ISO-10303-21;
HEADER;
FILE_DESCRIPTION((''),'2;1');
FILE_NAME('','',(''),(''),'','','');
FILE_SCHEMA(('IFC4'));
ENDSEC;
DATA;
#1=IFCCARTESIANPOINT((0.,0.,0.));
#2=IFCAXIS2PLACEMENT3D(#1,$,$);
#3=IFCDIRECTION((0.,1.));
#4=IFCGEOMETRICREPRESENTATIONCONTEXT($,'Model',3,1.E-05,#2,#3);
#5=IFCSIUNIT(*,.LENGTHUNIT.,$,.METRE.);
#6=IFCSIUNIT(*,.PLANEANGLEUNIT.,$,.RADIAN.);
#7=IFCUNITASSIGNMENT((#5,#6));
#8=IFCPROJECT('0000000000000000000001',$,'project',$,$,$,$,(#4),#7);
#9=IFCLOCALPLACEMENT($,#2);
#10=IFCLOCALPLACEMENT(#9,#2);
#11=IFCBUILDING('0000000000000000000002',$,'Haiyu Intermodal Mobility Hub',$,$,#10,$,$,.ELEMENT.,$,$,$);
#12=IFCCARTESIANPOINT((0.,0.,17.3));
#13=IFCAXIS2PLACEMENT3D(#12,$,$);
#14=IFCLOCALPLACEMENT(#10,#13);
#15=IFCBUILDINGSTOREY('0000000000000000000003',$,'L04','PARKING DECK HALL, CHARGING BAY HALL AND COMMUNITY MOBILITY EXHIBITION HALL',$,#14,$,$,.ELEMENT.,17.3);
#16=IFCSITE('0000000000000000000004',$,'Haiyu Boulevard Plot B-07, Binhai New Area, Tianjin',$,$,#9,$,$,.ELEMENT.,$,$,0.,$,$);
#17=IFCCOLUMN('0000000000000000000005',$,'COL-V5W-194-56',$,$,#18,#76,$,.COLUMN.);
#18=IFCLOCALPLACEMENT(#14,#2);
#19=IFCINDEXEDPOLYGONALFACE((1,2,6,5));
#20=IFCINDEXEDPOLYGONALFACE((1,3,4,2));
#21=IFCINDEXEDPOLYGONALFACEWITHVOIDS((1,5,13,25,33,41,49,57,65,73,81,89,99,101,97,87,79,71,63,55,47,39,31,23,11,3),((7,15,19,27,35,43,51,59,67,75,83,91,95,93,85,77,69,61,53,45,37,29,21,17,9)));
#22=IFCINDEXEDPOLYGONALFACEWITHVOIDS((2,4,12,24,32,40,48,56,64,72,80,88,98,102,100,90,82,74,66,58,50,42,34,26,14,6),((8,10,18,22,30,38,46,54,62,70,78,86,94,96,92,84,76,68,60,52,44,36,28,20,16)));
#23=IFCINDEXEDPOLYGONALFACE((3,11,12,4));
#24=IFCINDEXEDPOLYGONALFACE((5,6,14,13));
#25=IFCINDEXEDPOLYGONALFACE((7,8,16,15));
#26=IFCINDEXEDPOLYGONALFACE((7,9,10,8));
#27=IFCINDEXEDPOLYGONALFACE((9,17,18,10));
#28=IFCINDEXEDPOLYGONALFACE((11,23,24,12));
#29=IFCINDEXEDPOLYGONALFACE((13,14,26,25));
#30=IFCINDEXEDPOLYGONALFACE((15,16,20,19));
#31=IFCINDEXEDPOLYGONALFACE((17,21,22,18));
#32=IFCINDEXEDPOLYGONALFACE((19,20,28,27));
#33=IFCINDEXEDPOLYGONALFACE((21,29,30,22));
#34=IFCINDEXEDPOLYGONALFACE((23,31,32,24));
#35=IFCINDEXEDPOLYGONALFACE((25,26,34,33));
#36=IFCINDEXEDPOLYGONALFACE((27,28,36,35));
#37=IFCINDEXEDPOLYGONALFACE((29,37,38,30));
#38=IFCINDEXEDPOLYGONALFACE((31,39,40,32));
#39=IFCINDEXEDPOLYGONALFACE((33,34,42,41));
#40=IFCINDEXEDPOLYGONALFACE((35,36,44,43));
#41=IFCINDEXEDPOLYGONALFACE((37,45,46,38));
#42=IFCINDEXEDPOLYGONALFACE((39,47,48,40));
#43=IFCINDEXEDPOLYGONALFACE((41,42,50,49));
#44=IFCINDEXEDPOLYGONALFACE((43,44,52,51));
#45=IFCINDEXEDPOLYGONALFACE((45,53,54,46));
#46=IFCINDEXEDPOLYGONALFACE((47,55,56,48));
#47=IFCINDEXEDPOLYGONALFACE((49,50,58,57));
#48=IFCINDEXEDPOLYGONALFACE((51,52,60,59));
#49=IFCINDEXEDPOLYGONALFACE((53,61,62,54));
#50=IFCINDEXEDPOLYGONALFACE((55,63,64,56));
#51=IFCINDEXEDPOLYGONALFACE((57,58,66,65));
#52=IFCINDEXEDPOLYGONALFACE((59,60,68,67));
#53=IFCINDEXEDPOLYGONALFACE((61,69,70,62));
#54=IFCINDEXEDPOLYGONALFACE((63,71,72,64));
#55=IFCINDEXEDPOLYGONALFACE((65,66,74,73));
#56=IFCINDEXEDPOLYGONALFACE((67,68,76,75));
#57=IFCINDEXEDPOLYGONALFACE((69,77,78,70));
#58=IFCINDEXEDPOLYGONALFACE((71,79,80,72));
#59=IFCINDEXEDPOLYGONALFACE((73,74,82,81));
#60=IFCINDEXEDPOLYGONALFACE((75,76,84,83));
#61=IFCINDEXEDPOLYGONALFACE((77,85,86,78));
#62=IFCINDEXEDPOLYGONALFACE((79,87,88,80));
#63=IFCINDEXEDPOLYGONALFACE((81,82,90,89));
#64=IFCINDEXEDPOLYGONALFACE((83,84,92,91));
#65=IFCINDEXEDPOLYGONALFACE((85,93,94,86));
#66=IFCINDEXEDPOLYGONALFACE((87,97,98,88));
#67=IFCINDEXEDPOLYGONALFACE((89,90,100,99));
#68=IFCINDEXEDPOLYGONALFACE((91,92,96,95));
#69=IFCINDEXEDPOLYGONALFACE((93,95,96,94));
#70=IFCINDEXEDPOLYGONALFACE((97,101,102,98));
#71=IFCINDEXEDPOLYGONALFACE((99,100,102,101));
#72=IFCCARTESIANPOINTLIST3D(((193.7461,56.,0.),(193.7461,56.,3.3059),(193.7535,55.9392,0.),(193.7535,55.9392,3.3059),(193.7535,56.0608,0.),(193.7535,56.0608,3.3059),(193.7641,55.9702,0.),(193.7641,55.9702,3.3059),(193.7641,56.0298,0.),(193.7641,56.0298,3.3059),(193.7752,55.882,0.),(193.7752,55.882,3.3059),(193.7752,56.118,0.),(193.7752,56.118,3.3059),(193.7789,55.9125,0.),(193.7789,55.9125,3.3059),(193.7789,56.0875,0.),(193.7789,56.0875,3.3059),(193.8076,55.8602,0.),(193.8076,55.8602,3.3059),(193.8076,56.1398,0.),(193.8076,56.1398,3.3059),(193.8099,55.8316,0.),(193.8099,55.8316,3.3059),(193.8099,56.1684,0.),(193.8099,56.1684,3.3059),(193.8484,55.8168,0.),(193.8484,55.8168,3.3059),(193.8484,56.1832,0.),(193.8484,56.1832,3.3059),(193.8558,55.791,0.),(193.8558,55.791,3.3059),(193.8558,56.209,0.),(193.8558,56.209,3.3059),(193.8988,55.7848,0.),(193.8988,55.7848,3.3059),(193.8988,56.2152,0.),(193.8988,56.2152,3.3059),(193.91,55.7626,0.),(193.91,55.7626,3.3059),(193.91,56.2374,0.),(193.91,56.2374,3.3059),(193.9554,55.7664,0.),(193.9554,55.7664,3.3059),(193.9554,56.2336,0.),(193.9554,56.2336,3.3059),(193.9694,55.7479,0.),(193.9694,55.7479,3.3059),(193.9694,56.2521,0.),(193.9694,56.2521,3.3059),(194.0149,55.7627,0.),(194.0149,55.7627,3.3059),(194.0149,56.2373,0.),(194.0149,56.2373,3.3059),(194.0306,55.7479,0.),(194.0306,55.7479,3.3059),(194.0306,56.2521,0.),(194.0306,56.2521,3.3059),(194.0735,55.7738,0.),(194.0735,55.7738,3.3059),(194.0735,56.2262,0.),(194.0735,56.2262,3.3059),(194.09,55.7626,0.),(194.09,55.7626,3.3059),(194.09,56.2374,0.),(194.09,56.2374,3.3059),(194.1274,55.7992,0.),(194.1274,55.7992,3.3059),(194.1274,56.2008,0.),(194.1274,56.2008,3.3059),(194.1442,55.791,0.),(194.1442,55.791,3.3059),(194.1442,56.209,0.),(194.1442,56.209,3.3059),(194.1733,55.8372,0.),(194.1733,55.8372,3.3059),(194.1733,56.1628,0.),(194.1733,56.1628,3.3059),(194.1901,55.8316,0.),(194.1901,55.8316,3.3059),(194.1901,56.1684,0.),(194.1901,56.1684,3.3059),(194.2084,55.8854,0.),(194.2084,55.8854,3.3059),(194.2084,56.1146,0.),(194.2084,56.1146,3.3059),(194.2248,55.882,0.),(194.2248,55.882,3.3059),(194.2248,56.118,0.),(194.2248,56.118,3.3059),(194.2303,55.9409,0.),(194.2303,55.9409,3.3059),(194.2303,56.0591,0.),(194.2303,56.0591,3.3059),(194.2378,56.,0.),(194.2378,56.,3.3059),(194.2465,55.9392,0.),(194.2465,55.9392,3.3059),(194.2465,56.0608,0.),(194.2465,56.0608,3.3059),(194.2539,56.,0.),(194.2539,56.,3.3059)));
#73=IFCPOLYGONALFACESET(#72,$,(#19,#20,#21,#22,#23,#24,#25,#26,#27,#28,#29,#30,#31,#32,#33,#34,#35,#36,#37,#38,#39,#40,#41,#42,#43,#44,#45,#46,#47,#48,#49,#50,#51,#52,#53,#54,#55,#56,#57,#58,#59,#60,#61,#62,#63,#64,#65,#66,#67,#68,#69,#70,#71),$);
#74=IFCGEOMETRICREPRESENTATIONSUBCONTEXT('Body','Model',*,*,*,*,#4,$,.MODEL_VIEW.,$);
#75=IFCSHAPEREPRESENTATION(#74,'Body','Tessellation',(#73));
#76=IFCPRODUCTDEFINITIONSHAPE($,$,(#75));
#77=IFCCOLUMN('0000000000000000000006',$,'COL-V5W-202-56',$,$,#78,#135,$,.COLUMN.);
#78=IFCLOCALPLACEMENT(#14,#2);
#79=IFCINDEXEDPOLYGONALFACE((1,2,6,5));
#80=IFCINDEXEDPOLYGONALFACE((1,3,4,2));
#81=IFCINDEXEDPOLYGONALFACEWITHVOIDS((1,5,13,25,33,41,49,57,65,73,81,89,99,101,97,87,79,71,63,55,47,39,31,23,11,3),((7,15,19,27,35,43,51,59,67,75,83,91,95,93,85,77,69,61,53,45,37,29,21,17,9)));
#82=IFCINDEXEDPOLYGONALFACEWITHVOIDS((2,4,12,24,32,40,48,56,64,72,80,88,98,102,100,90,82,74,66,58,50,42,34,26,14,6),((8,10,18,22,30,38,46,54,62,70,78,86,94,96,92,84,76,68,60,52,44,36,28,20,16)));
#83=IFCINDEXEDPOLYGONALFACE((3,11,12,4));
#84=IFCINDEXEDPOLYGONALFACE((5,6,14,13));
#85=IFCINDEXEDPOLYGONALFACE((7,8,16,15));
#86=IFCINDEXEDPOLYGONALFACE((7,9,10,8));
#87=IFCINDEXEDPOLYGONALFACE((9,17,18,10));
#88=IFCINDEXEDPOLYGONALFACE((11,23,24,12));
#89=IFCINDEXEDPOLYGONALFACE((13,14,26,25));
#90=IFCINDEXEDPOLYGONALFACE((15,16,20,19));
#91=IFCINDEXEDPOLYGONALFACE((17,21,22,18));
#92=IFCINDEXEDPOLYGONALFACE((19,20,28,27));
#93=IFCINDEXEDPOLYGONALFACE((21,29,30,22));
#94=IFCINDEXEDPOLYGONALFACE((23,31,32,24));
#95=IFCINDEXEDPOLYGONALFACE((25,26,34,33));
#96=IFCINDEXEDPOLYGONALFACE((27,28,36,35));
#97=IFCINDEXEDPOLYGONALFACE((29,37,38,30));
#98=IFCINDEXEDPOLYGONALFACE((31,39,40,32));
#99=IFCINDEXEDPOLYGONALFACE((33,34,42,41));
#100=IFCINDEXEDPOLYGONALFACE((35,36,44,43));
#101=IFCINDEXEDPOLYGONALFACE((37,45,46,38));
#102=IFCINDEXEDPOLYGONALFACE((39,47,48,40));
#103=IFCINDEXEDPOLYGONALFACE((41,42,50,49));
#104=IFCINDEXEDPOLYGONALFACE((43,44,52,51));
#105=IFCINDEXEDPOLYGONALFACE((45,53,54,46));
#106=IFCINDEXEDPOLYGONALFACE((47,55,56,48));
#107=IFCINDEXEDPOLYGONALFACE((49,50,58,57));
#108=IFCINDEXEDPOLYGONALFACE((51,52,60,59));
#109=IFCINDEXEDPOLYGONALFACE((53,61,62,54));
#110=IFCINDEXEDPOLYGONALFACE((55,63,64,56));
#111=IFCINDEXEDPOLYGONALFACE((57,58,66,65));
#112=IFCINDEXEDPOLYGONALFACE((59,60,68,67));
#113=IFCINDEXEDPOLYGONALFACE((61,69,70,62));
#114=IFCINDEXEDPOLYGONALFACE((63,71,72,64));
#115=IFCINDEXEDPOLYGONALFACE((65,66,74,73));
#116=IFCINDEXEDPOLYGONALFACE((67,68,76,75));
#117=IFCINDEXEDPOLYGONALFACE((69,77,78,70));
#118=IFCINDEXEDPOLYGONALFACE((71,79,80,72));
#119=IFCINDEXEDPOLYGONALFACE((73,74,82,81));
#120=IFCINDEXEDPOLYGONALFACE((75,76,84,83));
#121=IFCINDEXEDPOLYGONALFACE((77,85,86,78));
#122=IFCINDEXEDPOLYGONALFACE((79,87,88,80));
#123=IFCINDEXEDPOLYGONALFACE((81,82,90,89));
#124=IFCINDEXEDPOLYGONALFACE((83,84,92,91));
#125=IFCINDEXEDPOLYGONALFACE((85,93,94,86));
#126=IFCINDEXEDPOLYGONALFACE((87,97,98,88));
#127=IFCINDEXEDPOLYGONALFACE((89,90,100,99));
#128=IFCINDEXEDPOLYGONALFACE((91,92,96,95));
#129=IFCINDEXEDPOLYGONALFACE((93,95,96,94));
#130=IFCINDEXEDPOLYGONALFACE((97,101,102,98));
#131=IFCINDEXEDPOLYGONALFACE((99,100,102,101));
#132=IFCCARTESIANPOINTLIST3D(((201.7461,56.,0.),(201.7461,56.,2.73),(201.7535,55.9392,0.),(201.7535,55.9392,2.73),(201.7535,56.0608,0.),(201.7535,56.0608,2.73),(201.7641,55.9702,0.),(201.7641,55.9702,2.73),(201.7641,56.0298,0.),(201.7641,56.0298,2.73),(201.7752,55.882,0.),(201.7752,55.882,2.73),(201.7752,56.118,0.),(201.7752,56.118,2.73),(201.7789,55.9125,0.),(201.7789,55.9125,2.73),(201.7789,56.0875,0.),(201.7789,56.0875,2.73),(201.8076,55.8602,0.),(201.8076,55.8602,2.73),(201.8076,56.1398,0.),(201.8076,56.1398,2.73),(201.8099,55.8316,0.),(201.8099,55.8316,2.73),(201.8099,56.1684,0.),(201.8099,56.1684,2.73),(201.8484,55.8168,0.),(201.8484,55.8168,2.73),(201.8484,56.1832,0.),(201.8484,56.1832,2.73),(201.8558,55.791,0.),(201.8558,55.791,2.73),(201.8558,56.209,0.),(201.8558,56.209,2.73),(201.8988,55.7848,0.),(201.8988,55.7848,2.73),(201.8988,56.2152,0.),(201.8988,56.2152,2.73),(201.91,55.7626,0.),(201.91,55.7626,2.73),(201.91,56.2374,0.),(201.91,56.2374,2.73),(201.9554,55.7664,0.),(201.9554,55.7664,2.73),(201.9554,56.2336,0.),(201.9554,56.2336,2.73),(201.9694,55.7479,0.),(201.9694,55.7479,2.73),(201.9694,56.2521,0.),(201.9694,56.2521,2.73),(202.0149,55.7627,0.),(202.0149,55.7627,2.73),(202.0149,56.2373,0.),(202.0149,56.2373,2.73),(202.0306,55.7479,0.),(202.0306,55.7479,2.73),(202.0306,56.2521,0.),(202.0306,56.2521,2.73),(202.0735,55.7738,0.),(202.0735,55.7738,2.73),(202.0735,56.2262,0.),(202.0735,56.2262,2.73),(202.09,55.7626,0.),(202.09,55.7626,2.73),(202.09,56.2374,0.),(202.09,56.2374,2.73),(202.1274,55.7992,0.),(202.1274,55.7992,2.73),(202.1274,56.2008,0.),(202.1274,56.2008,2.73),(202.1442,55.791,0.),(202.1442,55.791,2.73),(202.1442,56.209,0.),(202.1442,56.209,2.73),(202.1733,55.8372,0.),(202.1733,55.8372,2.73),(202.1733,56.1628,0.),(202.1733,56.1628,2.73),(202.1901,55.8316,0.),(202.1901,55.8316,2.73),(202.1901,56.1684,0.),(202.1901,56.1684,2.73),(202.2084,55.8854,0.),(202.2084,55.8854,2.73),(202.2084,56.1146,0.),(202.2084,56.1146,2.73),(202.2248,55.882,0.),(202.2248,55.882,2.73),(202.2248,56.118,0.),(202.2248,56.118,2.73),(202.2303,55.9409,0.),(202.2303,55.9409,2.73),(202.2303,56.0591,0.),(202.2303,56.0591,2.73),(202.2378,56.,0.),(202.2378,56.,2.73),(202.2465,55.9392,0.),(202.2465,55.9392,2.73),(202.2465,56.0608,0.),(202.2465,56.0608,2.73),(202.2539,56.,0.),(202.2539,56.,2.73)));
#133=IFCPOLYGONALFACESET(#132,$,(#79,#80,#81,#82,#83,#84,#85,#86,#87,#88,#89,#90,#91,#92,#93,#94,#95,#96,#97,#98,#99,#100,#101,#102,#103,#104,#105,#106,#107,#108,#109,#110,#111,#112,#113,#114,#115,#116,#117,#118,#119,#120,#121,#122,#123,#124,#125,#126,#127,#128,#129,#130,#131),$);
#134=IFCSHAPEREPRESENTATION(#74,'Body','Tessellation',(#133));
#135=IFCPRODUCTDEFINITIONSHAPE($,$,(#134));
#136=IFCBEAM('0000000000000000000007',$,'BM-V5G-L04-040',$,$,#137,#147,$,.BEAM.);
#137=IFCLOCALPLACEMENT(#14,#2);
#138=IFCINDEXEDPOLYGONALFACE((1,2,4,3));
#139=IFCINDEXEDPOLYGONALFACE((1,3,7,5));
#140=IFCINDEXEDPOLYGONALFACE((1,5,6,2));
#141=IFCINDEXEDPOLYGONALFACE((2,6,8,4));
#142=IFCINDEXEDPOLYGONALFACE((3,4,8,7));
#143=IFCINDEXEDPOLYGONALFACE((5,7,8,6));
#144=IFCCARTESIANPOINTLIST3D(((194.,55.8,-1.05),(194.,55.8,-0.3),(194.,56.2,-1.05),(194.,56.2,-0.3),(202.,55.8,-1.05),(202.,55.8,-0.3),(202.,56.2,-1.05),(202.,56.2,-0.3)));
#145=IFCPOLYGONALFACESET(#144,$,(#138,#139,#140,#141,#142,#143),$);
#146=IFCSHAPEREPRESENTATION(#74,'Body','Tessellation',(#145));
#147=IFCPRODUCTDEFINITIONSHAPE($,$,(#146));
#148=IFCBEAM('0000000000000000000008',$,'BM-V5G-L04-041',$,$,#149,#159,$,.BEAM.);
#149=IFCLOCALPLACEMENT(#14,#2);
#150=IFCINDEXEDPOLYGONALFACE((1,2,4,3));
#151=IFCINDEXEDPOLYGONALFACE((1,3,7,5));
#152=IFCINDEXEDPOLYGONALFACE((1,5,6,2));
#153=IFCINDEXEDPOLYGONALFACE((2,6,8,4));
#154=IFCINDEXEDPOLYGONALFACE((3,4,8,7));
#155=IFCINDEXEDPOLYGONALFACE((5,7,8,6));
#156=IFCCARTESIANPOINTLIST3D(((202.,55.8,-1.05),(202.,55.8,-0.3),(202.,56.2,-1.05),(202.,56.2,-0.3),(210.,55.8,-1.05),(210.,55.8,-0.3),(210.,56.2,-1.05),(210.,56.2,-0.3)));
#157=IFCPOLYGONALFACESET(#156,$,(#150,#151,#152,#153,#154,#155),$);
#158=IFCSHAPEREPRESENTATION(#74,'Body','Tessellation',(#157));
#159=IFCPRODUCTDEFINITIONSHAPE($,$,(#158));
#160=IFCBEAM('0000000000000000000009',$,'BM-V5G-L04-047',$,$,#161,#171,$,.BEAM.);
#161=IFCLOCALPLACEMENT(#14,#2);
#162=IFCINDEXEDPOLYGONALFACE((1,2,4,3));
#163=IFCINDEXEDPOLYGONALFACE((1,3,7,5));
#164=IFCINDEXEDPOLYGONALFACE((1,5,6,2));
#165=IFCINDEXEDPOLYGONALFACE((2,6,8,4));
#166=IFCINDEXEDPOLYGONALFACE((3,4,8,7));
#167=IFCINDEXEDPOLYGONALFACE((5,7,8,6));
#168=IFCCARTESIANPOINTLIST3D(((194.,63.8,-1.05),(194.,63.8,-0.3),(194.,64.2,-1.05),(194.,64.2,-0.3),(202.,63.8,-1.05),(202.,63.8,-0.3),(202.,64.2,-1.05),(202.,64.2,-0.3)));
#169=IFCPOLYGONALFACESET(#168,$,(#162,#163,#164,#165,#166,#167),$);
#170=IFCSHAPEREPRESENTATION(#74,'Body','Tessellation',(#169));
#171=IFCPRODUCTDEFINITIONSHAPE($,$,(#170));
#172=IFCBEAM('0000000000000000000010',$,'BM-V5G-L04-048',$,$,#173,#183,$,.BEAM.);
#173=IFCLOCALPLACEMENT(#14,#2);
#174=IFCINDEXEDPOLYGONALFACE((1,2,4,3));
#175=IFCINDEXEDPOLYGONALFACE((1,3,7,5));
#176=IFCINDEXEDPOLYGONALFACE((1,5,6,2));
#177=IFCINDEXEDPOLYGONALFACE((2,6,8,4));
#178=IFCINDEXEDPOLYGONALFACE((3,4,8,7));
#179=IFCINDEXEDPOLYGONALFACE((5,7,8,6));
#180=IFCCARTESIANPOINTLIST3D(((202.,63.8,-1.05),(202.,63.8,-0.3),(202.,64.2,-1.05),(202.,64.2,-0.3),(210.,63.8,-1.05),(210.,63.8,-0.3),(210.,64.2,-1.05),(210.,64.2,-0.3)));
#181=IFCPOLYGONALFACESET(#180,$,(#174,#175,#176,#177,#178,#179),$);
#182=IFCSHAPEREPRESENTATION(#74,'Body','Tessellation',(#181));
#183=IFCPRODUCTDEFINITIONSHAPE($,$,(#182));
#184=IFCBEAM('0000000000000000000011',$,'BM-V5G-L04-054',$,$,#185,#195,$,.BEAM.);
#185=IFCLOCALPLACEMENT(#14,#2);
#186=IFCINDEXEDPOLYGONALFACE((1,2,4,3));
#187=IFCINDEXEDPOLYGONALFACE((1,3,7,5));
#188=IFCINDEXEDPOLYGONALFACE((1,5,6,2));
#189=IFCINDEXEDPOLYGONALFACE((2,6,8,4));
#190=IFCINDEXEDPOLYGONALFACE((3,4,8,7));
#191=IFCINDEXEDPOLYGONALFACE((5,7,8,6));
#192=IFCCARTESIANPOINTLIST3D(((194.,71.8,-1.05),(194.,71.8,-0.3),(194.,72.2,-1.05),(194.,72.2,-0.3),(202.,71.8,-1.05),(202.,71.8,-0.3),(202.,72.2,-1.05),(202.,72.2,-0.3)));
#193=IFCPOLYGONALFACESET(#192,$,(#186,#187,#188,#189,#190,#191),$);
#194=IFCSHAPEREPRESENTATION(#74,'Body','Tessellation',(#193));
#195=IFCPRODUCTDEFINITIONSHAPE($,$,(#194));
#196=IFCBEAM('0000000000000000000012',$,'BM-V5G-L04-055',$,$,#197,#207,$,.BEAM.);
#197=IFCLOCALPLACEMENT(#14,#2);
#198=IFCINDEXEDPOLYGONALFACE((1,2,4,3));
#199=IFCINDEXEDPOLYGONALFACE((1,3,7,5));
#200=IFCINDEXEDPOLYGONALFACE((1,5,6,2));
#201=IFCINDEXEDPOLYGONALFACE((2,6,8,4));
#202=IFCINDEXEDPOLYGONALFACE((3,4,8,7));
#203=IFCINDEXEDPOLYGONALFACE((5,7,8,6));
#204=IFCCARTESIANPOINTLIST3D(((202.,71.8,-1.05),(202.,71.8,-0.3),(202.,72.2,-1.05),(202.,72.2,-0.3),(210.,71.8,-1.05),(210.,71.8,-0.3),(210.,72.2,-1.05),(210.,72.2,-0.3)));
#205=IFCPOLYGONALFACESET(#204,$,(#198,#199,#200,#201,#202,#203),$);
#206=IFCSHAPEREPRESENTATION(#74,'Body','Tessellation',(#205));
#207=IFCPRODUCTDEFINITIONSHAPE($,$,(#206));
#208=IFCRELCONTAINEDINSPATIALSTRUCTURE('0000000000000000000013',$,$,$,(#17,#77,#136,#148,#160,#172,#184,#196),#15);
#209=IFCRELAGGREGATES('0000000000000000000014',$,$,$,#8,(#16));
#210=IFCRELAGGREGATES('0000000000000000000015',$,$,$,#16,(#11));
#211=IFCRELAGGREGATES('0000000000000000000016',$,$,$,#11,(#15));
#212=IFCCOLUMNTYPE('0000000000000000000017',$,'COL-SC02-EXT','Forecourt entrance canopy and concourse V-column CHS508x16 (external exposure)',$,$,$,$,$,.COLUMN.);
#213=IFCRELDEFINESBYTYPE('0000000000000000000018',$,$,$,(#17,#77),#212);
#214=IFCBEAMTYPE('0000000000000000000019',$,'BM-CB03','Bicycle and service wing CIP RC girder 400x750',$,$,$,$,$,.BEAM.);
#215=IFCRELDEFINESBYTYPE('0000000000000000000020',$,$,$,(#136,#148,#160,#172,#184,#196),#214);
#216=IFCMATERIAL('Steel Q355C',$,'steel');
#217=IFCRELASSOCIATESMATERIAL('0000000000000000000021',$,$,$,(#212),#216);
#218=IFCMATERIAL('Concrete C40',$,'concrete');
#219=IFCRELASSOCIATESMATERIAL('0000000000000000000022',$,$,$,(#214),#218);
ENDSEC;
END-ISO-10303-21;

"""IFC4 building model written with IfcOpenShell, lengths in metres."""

from ifc_helpers import new_model, si_unit, direction, frame, origin, origin_2d, place, context, subcontext, project, spatial, rectangle, hollow_circle, extrude, material, material_profile, profile_set, type_object, element, save


model = new_model("IFC4")

# Units and contexts
model_context = context("Model", 3, precision=1e-05, world=origin(), true_north=direction((0.0, 1.0)))
body_context = subcontext(model_context, "Body", "Model", "MODEL_VIEW")
ifc_project = project(units=[si_unit("LENGTHUNIT", "METRE"), si_unit("PLANEANGLEUNIT", "RADIAN")], contexts=[model_context])

# Site, building, storey
site_placement = place(None, origin())
site = spatial("IfcSite", under=ifc_project, at=site_placement, Name="Haiyu Boulevard Plot B-07, Binhai New Area, Tianjin", CompositionType="ELEMENT", RefElevation=0.0)
building_placement = place(site_placement, origin())
building = spatial("IfcBuilding", under=site, at=building_placement, Name="Haiyu Intermodal Mobility Hub", CompositionType="ELEMENT")
storey_placement = place(building_placement, frame((0.0, 0.0, 17.3)))
storey = spatial("IfcBuildingStorey", under=building, at=storey_placement, Name="L04", Description="PARKING DECK HALL, CHARGING BAY HALL AND COMMUNITY MOBILITY EXHIBITION HALL", CompositionType="ELEMENT", Elevation=17.3)

# Columns
ifc_material_1 = material(Name="Steel Q355C", Category="steel")
ifc_material_profile_1 = material_profile(ifc_material_1, hollow_circle(Radius=0.2539, WallThickness=0.0161, at=origin_2d()), Name="CHS508x16")
ifc_profile_set_1 = profile_set([ifc_material_profile_1], Name="Steel Q355C")
column_type = type_object("IfcColumnType", Name="COL-SC02-EXT", Description="Forecourt entrance canopy and concourse V-column CHS508x16 (external exposure)", PredefinedType="COLUMN", material=ifc_profile_set_1)
column_1_placement = place(storey_placement, frame((194.0, 56.0, 0.0), z_axis=(0.0, 0.0, 1.0), x_axis=(1.0, 0.0, 0.0)))
element("IfcColumn", 1, at=column_1_placement, inside=storey, type_object=column_type, Name="COL-V5W-194-56", PredefinedType="COLUMN", context=body_context, shape_type="SweptSolid", body=[
    extrude(hollow_circle(Radius=0.2539, WallThickness=0.0161, at=origin_2d()), origin(), (0.0, 0.0, 1.0), 3.3059),
])
column_2_placement = place(storey_placement, frame((202.0, 56.0, 0.0), z_axis=(0.0, 0.0, 1.0), x_axis=(1.0, 0.0, 0.0)))
element("IfcColumn", 2, at=column_2_placement, inside=storey, type_object=column_type, Name="COL-V5W-202-56", PredefinedType="COLUMN", context=body_context, shape_type="SweptSolid", body=[
    extrude(hollow_circle(Radius=0.2539, WallThickness=0.0161, at=origin_2d()), origin(), (0.0, 0.0, 1.0), 2.73),
])

# Beams
ifc_material_2 = material(Name="Concrete C40", Category="concrete")
ifc_material_profile_2 = material_profile(ifc_material_2, rectangle(XDim=0.3999, YDim=0.75, at=origin_2d()), Name="RCB400x750")
ifc_profile_set_2 = profile_set([ifc_material_profile_2], Name="Concrete C40")
beam_type_1 = type_object("IfcBeamType", Name="BM-CB03", Description="Bicycle and service wing CIP RC girder 400x750", PredefinedType="BEAM", material=ifc_profile_set_2)
for number, where, z_axis, x_axis, name in (
    (3, (194.0, 56.0, -0.675), (1.0, 0.0, 0.0), (0.0, 1.0, 0.0), "BM-V5G-L04-040"),
    (4, (202.0, 56.0, -0.675), (1.0, 0.0, 0.0), (0.0, 1.0, 0.0), "BM-V5G-L04-041"),
    (5, (194.0, 64.0, -0.675), (1.0, 0.0, 0.0), (0.0, 1.0, 0.0), "BM-V5G-L04-047"),
    (6, (202.0, 64.0, -0.675), (1.0, 0.0, 0.0), (0.0, 1.0, 0.0), "BM-V5G-L04-048"),
    (7, (194.0, 72.0, -0.675), (1.0, 0.0, 0.0), (0.0, 1.0, 0.0), "BM-V5G-L04-054"),
    (8, (202.0, 72.0, -0.675), (1.0, 0.0, 0.0), (0.0, 1.0, 0.0), "BM-V5G-L04-055"),
):
    element("IfcBeam", number, at=place(storey_placement, frame(where, z_axis=z_axis, x_axis=x_axis)), inside=storey, type_object=beam_type_1, Name=name, PredefinedType="BEAM", context=body_context, shape_type="SweptSolid", body=[
        extrude(rectangle(XDim=0.3999, YDim=0.75, at=origin_2d()), origin(), (0.0, 0.0, 1.0), 8.0),
    ])

save(model, "model.ifc")
